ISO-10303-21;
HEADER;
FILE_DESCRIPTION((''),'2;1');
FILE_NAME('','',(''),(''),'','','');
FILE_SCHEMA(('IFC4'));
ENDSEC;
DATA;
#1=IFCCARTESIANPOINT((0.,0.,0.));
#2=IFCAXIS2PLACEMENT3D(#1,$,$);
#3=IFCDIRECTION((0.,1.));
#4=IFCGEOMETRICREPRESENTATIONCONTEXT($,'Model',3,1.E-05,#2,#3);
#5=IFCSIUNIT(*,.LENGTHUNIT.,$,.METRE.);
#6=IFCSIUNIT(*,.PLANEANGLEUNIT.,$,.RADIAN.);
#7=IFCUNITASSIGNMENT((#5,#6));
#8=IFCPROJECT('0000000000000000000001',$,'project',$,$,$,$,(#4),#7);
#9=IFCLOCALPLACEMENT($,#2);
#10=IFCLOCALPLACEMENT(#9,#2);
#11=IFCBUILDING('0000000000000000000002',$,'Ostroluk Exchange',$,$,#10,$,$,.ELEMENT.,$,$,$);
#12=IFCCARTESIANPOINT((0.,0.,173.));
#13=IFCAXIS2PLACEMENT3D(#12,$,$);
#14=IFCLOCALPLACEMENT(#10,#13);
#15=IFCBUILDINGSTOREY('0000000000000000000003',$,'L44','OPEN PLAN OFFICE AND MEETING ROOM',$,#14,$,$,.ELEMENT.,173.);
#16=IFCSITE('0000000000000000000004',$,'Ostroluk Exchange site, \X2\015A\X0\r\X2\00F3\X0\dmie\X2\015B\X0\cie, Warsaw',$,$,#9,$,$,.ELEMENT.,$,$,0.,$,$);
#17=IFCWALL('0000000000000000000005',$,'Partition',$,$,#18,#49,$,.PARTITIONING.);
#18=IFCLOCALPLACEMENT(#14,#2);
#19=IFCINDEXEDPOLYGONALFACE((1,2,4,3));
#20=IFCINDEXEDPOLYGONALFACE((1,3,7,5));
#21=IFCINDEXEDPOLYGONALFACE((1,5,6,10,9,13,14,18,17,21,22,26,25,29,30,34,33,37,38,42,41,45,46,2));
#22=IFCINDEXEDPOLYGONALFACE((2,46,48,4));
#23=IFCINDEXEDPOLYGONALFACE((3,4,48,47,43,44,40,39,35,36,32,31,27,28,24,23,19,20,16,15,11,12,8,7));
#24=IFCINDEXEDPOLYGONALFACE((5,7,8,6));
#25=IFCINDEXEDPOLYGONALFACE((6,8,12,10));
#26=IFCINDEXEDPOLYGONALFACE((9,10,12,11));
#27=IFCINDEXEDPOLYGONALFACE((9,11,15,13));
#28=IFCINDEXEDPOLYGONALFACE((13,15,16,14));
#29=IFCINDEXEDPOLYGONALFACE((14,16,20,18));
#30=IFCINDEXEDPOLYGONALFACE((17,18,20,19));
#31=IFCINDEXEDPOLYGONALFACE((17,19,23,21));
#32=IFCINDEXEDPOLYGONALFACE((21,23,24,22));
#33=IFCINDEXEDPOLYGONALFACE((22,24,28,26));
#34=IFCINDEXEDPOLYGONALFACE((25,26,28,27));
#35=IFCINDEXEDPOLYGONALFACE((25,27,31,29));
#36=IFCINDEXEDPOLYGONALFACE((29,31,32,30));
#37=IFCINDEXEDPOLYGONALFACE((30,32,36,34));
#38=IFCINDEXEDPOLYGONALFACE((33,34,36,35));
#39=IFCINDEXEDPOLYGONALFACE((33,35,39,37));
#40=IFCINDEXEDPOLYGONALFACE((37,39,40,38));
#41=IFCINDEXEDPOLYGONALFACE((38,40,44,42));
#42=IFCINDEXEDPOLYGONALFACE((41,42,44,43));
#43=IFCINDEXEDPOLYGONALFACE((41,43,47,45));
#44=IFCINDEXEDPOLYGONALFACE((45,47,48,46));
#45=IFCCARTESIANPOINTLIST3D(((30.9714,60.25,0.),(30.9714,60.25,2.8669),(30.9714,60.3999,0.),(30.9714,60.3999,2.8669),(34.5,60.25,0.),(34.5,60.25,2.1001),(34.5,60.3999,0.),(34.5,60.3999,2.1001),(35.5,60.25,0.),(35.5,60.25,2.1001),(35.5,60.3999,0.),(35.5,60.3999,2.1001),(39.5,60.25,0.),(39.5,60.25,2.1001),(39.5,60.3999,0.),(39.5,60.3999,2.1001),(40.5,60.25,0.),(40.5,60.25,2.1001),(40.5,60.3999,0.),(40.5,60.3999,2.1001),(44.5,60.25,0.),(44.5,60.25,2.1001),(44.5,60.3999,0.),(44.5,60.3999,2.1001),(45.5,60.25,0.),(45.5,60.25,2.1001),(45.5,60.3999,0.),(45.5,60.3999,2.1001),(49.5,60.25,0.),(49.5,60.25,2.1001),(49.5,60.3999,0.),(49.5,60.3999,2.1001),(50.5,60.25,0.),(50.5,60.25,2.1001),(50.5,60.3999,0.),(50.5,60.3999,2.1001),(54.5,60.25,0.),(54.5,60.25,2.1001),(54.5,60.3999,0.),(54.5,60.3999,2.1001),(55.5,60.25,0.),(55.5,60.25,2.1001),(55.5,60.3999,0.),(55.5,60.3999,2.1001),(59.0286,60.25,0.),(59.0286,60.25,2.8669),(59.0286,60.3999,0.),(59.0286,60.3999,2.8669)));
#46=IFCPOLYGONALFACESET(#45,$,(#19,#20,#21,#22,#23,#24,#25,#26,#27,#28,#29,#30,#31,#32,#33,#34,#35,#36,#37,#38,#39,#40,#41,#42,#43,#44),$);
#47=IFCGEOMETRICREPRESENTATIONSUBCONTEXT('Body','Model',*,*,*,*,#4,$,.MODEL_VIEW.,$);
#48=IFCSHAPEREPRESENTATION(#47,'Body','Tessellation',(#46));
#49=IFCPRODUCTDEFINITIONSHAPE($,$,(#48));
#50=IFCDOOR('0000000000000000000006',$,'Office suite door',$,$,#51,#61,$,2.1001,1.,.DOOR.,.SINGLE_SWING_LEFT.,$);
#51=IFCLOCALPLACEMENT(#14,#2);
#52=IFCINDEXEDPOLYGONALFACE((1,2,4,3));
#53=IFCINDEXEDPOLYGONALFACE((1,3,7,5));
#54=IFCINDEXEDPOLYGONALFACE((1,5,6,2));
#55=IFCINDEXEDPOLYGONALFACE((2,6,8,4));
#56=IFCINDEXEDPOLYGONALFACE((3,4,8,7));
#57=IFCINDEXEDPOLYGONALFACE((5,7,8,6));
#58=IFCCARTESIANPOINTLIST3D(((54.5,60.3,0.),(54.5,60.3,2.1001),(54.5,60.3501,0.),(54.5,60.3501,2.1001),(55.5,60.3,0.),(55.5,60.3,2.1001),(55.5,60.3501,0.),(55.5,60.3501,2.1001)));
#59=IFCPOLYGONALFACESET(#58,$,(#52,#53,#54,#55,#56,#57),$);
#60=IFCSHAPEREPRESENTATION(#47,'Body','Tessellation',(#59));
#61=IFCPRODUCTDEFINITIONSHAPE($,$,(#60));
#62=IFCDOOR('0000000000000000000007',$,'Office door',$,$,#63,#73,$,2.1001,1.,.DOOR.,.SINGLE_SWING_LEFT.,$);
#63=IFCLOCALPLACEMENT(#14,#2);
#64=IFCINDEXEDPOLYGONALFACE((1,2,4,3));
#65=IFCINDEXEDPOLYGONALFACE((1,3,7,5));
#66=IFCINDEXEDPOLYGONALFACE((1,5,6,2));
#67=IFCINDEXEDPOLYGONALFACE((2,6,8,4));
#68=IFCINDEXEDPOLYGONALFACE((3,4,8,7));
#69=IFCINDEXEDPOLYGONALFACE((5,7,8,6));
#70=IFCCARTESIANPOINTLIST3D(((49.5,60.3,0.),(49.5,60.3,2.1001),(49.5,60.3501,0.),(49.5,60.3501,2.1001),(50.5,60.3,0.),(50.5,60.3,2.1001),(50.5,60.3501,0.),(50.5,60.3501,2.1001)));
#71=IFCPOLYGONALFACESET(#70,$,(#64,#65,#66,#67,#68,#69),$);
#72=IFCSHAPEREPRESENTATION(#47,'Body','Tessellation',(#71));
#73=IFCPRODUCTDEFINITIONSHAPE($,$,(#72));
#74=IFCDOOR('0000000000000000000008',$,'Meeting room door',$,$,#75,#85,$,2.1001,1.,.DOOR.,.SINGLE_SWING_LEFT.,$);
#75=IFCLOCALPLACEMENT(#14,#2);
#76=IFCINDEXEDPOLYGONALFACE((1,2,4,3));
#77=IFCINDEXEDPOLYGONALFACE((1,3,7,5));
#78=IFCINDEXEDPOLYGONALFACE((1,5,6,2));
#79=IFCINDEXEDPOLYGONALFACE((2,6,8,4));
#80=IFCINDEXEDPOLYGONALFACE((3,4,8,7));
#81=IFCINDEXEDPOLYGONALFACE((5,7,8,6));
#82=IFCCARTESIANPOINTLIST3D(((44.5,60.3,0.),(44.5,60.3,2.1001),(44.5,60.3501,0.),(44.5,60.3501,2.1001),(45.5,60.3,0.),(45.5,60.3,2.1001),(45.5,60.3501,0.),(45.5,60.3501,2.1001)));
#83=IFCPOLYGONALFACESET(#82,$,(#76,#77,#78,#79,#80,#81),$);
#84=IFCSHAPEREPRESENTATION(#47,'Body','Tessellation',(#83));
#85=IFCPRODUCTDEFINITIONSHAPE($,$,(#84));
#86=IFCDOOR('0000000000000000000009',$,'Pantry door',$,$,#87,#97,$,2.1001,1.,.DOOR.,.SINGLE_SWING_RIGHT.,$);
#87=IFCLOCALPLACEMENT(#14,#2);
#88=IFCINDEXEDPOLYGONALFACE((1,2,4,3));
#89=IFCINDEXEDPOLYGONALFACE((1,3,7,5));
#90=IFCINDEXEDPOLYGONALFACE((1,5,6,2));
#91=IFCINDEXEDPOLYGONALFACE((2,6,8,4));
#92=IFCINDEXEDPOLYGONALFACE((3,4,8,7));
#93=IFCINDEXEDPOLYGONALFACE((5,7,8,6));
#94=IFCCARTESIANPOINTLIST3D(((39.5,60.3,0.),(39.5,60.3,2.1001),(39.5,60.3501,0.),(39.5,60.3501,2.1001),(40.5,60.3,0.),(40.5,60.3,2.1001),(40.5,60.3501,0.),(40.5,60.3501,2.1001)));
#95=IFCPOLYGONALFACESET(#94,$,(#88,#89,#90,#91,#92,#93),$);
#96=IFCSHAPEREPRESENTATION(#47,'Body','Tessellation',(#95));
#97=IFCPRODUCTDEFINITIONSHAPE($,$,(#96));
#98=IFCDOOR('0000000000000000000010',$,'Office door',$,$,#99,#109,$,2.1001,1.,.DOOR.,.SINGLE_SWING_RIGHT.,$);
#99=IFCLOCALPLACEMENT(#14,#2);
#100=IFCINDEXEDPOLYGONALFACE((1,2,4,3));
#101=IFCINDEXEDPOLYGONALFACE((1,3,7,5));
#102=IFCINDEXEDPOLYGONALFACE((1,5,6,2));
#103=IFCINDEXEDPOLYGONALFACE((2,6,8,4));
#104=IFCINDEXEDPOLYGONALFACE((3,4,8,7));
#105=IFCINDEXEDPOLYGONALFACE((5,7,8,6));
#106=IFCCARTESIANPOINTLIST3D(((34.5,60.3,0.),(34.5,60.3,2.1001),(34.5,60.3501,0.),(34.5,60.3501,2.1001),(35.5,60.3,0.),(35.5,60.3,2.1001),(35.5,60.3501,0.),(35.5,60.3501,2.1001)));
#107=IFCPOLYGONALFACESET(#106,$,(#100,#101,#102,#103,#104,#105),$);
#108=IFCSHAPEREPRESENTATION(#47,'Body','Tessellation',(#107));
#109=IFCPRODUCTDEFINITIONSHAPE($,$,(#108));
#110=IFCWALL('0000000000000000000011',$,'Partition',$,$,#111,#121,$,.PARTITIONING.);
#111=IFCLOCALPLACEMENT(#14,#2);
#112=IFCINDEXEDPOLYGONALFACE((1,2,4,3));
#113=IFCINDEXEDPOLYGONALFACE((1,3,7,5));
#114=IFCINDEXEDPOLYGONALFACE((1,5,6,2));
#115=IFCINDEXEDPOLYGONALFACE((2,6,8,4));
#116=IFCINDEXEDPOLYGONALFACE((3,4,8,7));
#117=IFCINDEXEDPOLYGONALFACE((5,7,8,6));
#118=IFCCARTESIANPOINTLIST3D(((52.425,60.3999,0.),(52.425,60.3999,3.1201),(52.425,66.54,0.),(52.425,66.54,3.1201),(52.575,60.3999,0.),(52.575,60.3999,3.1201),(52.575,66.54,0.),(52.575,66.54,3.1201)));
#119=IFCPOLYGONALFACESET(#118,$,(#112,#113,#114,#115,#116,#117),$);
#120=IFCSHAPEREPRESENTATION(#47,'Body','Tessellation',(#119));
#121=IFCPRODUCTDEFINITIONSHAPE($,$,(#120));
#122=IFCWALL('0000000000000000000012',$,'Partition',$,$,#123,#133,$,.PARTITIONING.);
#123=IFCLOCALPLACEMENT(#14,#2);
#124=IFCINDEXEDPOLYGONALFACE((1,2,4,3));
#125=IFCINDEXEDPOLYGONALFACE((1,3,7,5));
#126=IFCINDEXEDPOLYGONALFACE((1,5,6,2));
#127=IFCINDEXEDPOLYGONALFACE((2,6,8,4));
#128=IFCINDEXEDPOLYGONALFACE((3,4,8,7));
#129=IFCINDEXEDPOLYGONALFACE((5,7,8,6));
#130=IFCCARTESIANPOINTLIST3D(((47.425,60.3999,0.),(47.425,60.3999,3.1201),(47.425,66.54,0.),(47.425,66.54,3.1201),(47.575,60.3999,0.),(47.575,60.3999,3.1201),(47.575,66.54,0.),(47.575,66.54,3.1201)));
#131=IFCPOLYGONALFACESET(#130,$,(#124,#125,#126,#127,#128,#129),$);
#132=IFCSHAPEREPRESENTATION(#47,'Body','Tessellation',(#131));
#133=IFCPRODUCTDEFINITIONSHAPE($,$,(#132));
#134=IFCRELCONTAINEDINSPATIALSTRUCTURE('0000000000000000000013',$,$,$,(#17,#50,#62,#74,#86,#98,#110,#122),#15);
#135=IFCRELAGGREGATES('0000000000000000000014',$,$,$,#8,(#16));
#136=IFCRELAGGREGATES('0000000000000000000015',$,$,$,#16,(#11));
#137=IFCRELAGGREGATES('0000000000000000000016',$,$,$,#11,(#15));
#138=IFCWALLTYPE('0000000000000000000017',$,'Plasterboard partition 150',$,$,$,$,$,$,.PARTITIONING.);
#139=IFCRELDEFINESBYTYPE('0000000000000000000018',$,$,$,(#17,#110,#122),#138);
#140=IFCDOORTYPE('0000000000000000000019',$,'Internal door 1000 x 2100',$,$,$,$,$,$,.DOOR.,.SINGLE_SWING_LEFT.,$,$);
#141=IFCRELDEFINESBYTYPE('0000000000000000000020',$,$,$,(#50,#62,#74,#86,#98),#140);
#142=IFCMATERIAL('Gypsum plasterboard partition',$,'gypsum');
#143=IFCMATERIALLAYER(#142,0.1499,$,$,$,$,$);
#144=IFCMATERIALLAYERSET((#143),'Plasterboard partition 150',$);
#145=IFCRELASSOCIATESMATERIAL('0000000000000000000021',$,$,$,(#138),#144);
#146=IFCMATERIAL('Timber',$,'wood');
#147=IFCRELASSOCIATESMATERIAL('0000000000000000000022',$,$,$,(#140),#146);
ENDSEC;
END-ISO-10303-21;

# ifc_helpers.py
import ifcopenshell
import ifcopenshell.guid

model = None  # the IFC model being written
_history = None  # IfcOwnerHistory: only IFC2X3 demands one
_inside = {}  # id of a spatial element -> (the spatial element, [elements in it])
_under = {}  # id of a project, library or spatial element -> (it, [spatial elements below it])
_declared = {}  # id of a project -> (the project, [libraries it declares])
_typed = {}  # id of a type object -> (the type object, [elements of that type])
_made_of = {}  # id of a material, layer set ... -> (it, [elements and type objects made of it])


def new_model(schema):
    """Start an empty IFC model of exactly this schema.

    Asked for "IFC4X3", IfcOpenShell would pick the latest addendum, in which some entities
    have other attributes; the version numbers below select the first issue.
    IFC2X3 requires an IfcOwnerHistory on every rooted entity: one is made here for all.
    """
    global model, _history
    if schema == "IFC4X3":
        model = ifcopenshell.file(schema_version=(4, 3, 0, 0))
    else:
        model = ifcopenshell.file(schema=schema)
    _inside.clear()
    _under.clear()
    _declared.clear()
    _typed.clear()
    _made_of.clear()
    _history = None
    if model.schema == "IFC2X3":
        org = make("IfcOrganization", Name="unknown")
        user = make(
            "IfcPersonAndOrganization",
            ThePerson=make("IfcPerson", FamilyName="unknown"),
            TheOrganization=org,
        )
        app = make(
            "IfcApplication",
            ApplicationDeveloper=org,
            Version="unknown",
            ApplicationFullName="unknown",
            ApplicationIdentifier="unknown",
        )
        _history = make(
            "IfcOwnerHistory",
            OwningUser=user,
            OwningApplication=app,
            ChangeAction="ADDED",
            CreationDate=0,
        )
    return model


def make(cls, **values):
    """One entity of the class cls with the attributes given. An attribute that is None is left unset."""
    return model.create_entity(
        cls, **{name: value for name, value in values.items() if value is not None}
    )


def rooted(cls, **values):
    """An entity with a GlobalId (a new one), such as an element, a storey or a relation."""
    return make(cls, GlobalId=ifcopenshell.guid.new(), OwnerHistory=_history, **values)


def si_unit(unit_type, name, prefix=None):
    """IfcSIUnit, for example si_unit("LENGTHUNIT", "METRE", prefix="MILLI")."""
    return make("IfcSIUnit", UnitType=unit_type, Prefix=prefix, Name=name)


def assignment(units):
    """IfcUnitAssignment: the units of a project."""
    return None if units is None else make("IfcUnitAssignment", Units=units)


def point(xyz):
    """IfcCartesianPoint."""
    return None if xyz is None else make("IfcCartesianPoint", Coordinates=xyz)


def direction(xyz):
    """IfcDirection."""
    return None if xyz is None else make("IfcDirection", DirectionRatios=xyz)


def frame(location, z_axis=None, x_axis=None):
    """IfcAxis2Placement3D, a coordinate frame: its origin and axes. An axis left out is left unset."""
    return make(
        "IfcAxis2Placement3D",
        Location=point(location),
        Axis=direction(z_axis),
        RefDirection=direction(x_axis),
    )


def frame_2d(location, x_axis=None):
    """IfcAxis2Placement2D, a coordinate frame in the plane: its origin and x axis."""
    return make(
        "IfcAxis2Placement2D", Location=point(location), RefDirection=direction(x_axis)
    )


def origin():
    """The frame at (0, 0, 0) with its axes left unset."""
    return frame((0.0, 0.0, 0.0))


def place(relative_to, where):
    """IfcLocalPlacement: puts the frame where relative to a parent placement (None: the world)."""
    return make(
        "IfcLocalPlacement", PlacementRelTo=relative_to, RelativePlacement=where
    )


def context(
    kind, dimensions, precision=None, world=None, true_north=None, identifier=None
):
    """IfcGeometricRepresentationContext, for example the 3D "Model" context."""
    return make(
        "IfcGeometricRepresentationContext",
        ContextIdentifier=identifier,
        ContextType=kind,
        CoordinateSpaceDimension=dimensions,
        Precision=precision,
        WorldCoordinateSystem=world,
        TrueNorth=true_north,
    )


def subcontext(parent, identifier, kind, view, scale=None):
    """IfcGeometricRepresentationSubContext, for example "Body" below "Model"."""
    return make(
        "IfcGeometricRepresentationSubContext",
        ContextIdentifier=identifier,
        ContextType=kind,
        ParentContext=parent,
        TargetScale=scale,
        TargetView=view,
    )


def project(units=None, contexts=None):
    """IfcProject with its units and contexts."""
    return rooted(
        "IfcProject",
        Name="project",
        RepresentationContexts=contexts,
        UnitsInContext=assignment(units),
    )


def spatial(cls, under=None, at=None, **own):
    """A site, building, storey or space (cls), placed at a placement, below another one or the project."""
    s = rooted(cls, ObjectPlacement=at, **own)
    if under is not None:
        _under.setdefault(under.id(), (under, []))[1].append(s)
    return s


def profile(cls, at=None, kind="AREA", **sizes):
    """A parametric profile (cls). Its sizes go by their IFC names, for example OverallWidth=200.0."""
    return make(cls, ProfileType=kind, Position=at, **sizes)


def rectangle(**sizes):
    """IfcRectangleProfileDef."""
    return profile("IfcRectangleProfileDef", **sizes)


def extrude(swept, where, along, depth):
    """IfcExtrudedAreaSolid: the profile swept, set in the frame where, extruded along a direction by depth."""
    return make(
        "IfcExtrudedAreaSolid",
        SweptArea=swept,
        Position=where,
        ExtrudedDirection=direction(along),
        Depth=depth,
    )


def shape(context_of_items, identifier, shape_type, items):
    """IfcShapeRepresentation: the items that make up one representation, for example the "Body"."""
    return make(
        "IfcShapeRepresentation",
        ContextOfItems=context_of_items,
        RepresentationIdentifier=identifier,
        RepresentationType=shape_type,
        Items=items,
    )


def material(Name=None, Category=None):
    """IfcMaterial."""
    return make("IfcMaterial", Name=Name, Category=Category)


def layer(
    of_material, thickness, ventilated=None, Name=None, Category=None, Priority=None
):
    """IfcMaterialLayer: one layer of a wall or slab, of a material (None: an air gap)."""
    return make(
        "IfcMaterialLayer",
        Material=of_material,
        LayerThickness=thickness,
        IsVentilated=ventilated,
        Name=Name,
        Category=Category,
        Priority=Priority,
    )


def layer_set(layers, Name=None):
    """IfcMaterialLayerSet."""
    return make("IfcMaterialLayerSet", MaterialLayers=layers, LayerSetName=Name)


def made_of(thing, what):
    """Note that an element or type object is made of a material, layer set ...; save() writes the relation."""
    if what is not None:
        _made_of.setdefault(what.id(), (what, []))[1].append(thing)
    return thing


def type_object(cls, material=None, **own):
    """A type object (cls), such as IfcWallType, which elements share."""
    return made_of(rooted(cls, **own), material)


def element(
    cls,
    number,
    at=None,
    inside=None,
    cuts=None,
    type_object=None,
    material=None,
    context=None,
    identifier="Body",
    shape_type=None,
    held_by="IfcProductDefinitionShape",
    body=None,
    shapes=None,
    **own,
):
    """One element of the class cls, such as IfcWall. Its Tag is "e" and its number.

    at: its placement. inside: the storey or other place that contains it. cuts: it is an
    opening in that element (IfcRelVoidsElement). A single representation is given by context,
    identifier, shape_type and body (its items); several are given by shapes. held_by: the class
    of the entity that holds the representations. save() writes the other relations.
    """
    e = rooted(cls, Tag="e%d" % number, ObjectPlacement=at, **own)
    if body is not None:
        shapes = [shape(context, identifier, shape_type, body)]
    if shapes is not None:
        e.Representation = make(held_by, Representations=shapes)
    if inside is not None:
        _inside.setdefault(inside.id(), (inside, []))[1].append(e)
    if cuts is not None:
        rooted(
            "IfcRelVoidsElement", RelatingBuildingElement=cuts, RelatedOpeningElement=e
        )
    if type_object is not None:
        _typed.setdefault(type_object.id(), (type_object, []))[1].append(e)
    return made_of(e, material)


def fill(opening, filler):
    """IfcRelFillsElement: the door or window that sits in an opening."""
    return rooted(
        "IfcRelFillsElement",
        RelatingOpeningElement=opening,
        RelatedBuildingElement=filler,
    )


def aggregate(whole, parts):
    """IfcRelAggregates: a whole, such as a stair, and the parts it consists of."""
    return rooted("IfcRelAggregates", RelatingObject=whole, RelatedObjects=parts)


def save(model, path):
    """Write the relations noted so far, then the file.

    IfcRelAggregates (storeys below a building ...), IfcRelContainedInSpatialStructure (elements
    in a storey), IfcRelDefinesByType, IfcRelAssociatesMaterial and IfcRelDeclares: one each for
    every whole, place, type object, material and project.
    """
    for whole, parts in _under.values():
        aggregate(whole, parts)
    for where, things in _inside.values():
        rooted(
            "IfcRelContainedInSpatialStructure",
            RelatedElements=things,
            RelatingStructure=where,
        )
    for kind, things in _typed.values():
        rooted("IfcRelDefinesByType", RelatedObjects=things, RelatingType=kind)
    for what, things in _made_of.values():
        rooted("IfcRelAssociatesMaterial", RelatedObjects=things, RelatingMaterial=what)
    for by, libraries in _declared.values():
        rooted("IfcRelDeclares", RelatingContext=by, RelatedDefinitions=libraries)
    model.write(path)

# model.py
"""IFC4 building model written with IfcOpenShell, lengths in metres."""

from ifc_helpers import new_model, si_unit, direction, frame, frame_2d, origin, place, context, subcontext, project, spatial, rectangle, extrude, material, layer, layer_set, type_object, element, fill, save


model = new_model("IFC4")

# Units and contexts
model_context = context("Model", 3, precision=1e-05, world=origin(), true_north=direction((0.0, 1.0)))
body_context = subcontext(model_context, "Body", "Model", "MODEL_VIEW")
ifc_project = project(units=[si_unit("LENGTHUNIT", "METRE"), si_unit("PLANEANGLEUNIT", "RADIAN")], contexts=[model_context])

# Site, building, storey
site_placement = place(None, origin())
site = spatial("IfcSite", under=ifc_project, at=site_placement, Name="Ostroluk Exchange site, Śródmieście, Warsaw", CompositionType="ELEMENT", RefElevation=0.0)
building_placement = place(site_placement, origin())
building = spatial("IfcBuilding", under=site, at=building_placement, Name="Ostroluk Exchange", CompositionType="ELEMENT")
storey_placement = place(building_placement, frame((0.0, 0.0, 173.0)))
storey = spatial("IfcBuildingStorey", under=building, at=storey_placement, Name="L44", Description="OPEN PLAN OFFICE AND MEETING ROOM", CompositionType="ELEMENT", Elevation=173.0)

# Shared definitions
ifc_material_1 = material(Name="Gypsum plasterboard partition", Category="gypsum")
ifc_layer_1 = layer(ifc_material_1, 0.1499)
ifc_layer_set_1 = layer_set([ifc_layer_1], Name="Plasterboard partition 150")
wall_type = type_object("IfcWallType", Name="Plasterboard partition 150", PredefinedType="PARTITIONING", material=ifc_layer_set_1)
ifc_material_2 = material(Name="Timber", Category="wood")
door_type = type_object("IfcDoorType", Name="Internal door 1000 x 2100", OperationType="SINGLE_SWING_LEFT", PredefinedType="DOOR", material=ifc_material_2)

# Wall, openings, doors
wall_1_placement = place(storey_placement, frame((59.0286, 60.325, 0.0), z_axis=(0.0, 0.0, 1.0), x_axis=(-1.0, 0.0, 0.0)))
wall_1 = element("IfcWall", 1, at=wall_1_placement, inside=storey, type_object=wall_type, Name="Partition", PredefinedType="PARTITIONING", context=body_context, shape_type="SweptSolid", body=[
    extrude(rectangle(XDim=28.0571, YDim=0.1499, at=frame_2d((14.0286, 0.0))), origin(), (0.0, 0.0, 1.0), 2.8669),
])
opening_1_placement = place(wall_1_placement, frame((3.5286, 0.0, 0.0)))
opening_1 = element("IfcOpeningElement", 2, at=opening_1_placement, cuts=wall_1, PredefinedType="OPENING", context=body_context, shape_type="SweptSolid", body=[
    extrude(rectangle(XDim=1.0, YDim=2.1001, at=frame_2d((0.5, 1.05))), frame((0.0, 0.085, 0.0), z_axis=(0.0, -1.0, 0.0), x_axis=(1.0, 0.0, 0.0)), (0.0, 0.0, 1.0), 0.1699),
])
opening_2_placement = place(wall_1_placement, frame((8.5286, 0.0, 0.0)))
opening_2 = element("IfcOpeningElement", 3, at=opening_2_placement, cuts=wall_1, PredefinedType="OPENING", context=body_context, shape_type="SweptSolid", body=[
    extrude(rectangle(XDim=1.0, YDim=2.1001, at=frame_2d((0.5, 1.05))), frame((0.0, 0.085, 0.0), z_axis=(0.0, -1.0, 0.0), x_axis=(1.0, 0.0, 0.0)), (0.0, 0.0, 1.0), 0.1699),
])
opening_3_placement = place(wall_1_placement, frame((13.5286, 0.0, 0.0)))
opening_3 = element("IfcOpeningElement", 4, at=opening_3_placement, cuts=wall_1, PredefinedType="OPENING", context=body_context, shape_type="SweptSolid", body=[
    extrude(rectangle(XDim=1.0, YDim=2.1001, at=frame_2d((0.5, 1.05))), frame((0.0, 0.085, 0.0), z_axis=(0.0, -1.0, 0.0), x_axis=(1.0, 0.0, 0.0)), (0.0, 0.0, 1.0), 0.1699),
])
opening_4_placement = place(wall_1_placement, frame((18.5286, 0.0, 0.0)))
opening_4 = element("IfcOpeningElement", 5, at=opening_4_placement, cuts=wall_1, PredefinedType="OPENING", context=body_context, shape_type="SweptSolid", body=[
    extrude(rectangle(XDim=1.0, YDim=2.1001, at=frame_2d((0.5, 1.05))), frame((0.0, 0.085, 0.0), z_axis=(0.0, -1.0, 0.0), x_axis=(1.0, 0.0, 0.0)), (0.0, 0.0, 1.0), 0.1699),
])
opening_5_placement = place(wall_1_placement, frame((23.5286, 0.0, 0.0)))
opening_5 = element("IfcOpeningElement", 6, at=opening_5_placement, cuts=wall_1, PredefinedType="OPENING", context=body_context, shape_type="SweptSolid", body=[
    extrude(rectangle(XDim=1.0, YDim=2.1001, at=frame_2d((0.5, 1.05))), frame((0.0, 0.085, 0.0), z_axis=(0.0, -1.0, 0.0), x_axis=(1.0, 0.0, 0.0)), (0.0, 0.0, 1.0), 0.1699),
])
door_1_placement = place(opening_1_placement, origin())
door_1 = element("IfcDoor", 7, at=door_1_placement, inside=storey, type_object=door_type, Name="Office suite door", OperationType="SINGLE_SWING_LEFT", OverallHeight=2.1001, OverallWidth=1.0, PredefinedType="DOOR", context=body_context, shape_type="SweptSolid", body=[
    extrude(rectangle(XDim=1.0, YDim=2.1001, at=frame_2d((0.5, 1.05))), frame((0.0, 0.0249, 0.0), z_axis=(0.0, -1.0, 0.0), x_axis=(1.0, 0.0, 0.0)), (0.0, 0.0, 1.0), 0.05),
])
fill(opening_1, door_1)
door_2_placement = place(opening_2_placement, origin())
door_2 = element("IfcDoor", 8, at=door_2_placement, inside=storey, type_object=door_type, Name="Office door", OperationType="SINGLE_SWING_LEFT", OverallHeight=2.1001, OverallWidth=1.0, PredefinedType="DOOR", context=body_context, shape_type="SweptSolid", body=[
    extrude(rectangle(XDim=1.0, YDim=2.1001, at=frame_2d((0.5, 1.05))), frame((0.0, 0.0249, 0.0), z_axis=(0.0, -1.0, 0.0), x_axis=(1.0, 0.0, 0.0)), (0.0, 0.0, 1.0), 0.05),
])
fill(opening_2, door_2)
door_3_placement = place(opening_3_placement, origin())
door_3 = element("IfcDoor", 9, at=door_3_placement, inside=storey, type_object=door_type, Name="Meeting room door", OperationType="SINGLE_SWING_LEFT", OverallHeight=2.1001, OverallWidth=1.0, PredefinedType="DOOR", context=body_context, shape_type="SweptSolid", body=[
    extrude(rectangle(XDim=1.0, YDim=2.1001, at=frame_2d((0.5, 1.05))), frame((0.0, 0.0249, 0.0), z_axis=(0.0, -1.0, 0.0), x_axis=(1.0, 0.0, 0.0)), (0.0, 0.0, 1.0), 0.05),
])
fill(opening_3, door_3)
door_4_placement = place(opening_4_placement, origin())
door_4 = element("IfcDoor", 10, at=door_4_placement, inside=storey, type_object=door_type, Name="Pantry door", OperationType="SINGLE_SWING_RIGHT", OverallHeight=2.1001, OverallWidth=1.0, PredefinedType="DOOR", context=body_context, shape_type="SweptSolid", body=[
    extrude(rectangle(XDim=1.0, YDim=2.1001, at=frame_2d((0.5, 1.05))), frame((0.0, 0.0249, 0.0), z_axis=(0.0, -1.0, 0.0), x_axis=(1.0, 0.0, 0.0)), (0.0, 0.0, 1.0), 0.05),
])
fill(opening_4, door_4)
door_5_placement = place(opening_5_placement, origin())
door_5 = element("IfcDoor", 11, at=door_5_placement, inside=storey, type_object=door_type, Name="Office door", OperationType="SINGLE_SWING_RIGHT", OverallHeight=2.1001, OverallWidth=1.0, PredefinedType="DOOR", context=body_context, shape_type="SweptSolid", body=[
    extrude(rectangle(XDim=1.0, YDim=2.1001, at=frame_2d((0.5, 1.05))), frame((0.0, 0.0249, 0.0), z_axis=(0.0, -1.0, 0.0), x_axis=(1.0, 0.0, 0.0)), (0.0, 0.0, 1.0), 0.05),
])
fill(opening_5, door_5)

# Walls
for number, where, z_axis, x_axis, name in (
    (12, (52.5, 60.3999, 0.0), (0.0, 0.0, 1.0), (0.0, 1.0, 0.0), "Partition"),
    (13, (47.5, 60.3999, 0.0), (0.0, 0.0, 1.0), (0.0, 1.0, 0.0), "Partition"),
):
    element("IfcWall", number, at=place(storey_placement, frame(where, z_axis=z_axis, x_axis=x_axis)), inside=storey, type_object=wall_type, Name=name, PredefinedType="PARTITIONING", context=body_context, shape_type="SweptSolid", body=[
        extrude(rectangle(XDim=6.1401, YDim=0.1499, at=frame_2d((3.0701, 0.0))), origin(), (0.0, 0.0, 1.0), 3.1201),
    ])

save(model, "model.ifc")
